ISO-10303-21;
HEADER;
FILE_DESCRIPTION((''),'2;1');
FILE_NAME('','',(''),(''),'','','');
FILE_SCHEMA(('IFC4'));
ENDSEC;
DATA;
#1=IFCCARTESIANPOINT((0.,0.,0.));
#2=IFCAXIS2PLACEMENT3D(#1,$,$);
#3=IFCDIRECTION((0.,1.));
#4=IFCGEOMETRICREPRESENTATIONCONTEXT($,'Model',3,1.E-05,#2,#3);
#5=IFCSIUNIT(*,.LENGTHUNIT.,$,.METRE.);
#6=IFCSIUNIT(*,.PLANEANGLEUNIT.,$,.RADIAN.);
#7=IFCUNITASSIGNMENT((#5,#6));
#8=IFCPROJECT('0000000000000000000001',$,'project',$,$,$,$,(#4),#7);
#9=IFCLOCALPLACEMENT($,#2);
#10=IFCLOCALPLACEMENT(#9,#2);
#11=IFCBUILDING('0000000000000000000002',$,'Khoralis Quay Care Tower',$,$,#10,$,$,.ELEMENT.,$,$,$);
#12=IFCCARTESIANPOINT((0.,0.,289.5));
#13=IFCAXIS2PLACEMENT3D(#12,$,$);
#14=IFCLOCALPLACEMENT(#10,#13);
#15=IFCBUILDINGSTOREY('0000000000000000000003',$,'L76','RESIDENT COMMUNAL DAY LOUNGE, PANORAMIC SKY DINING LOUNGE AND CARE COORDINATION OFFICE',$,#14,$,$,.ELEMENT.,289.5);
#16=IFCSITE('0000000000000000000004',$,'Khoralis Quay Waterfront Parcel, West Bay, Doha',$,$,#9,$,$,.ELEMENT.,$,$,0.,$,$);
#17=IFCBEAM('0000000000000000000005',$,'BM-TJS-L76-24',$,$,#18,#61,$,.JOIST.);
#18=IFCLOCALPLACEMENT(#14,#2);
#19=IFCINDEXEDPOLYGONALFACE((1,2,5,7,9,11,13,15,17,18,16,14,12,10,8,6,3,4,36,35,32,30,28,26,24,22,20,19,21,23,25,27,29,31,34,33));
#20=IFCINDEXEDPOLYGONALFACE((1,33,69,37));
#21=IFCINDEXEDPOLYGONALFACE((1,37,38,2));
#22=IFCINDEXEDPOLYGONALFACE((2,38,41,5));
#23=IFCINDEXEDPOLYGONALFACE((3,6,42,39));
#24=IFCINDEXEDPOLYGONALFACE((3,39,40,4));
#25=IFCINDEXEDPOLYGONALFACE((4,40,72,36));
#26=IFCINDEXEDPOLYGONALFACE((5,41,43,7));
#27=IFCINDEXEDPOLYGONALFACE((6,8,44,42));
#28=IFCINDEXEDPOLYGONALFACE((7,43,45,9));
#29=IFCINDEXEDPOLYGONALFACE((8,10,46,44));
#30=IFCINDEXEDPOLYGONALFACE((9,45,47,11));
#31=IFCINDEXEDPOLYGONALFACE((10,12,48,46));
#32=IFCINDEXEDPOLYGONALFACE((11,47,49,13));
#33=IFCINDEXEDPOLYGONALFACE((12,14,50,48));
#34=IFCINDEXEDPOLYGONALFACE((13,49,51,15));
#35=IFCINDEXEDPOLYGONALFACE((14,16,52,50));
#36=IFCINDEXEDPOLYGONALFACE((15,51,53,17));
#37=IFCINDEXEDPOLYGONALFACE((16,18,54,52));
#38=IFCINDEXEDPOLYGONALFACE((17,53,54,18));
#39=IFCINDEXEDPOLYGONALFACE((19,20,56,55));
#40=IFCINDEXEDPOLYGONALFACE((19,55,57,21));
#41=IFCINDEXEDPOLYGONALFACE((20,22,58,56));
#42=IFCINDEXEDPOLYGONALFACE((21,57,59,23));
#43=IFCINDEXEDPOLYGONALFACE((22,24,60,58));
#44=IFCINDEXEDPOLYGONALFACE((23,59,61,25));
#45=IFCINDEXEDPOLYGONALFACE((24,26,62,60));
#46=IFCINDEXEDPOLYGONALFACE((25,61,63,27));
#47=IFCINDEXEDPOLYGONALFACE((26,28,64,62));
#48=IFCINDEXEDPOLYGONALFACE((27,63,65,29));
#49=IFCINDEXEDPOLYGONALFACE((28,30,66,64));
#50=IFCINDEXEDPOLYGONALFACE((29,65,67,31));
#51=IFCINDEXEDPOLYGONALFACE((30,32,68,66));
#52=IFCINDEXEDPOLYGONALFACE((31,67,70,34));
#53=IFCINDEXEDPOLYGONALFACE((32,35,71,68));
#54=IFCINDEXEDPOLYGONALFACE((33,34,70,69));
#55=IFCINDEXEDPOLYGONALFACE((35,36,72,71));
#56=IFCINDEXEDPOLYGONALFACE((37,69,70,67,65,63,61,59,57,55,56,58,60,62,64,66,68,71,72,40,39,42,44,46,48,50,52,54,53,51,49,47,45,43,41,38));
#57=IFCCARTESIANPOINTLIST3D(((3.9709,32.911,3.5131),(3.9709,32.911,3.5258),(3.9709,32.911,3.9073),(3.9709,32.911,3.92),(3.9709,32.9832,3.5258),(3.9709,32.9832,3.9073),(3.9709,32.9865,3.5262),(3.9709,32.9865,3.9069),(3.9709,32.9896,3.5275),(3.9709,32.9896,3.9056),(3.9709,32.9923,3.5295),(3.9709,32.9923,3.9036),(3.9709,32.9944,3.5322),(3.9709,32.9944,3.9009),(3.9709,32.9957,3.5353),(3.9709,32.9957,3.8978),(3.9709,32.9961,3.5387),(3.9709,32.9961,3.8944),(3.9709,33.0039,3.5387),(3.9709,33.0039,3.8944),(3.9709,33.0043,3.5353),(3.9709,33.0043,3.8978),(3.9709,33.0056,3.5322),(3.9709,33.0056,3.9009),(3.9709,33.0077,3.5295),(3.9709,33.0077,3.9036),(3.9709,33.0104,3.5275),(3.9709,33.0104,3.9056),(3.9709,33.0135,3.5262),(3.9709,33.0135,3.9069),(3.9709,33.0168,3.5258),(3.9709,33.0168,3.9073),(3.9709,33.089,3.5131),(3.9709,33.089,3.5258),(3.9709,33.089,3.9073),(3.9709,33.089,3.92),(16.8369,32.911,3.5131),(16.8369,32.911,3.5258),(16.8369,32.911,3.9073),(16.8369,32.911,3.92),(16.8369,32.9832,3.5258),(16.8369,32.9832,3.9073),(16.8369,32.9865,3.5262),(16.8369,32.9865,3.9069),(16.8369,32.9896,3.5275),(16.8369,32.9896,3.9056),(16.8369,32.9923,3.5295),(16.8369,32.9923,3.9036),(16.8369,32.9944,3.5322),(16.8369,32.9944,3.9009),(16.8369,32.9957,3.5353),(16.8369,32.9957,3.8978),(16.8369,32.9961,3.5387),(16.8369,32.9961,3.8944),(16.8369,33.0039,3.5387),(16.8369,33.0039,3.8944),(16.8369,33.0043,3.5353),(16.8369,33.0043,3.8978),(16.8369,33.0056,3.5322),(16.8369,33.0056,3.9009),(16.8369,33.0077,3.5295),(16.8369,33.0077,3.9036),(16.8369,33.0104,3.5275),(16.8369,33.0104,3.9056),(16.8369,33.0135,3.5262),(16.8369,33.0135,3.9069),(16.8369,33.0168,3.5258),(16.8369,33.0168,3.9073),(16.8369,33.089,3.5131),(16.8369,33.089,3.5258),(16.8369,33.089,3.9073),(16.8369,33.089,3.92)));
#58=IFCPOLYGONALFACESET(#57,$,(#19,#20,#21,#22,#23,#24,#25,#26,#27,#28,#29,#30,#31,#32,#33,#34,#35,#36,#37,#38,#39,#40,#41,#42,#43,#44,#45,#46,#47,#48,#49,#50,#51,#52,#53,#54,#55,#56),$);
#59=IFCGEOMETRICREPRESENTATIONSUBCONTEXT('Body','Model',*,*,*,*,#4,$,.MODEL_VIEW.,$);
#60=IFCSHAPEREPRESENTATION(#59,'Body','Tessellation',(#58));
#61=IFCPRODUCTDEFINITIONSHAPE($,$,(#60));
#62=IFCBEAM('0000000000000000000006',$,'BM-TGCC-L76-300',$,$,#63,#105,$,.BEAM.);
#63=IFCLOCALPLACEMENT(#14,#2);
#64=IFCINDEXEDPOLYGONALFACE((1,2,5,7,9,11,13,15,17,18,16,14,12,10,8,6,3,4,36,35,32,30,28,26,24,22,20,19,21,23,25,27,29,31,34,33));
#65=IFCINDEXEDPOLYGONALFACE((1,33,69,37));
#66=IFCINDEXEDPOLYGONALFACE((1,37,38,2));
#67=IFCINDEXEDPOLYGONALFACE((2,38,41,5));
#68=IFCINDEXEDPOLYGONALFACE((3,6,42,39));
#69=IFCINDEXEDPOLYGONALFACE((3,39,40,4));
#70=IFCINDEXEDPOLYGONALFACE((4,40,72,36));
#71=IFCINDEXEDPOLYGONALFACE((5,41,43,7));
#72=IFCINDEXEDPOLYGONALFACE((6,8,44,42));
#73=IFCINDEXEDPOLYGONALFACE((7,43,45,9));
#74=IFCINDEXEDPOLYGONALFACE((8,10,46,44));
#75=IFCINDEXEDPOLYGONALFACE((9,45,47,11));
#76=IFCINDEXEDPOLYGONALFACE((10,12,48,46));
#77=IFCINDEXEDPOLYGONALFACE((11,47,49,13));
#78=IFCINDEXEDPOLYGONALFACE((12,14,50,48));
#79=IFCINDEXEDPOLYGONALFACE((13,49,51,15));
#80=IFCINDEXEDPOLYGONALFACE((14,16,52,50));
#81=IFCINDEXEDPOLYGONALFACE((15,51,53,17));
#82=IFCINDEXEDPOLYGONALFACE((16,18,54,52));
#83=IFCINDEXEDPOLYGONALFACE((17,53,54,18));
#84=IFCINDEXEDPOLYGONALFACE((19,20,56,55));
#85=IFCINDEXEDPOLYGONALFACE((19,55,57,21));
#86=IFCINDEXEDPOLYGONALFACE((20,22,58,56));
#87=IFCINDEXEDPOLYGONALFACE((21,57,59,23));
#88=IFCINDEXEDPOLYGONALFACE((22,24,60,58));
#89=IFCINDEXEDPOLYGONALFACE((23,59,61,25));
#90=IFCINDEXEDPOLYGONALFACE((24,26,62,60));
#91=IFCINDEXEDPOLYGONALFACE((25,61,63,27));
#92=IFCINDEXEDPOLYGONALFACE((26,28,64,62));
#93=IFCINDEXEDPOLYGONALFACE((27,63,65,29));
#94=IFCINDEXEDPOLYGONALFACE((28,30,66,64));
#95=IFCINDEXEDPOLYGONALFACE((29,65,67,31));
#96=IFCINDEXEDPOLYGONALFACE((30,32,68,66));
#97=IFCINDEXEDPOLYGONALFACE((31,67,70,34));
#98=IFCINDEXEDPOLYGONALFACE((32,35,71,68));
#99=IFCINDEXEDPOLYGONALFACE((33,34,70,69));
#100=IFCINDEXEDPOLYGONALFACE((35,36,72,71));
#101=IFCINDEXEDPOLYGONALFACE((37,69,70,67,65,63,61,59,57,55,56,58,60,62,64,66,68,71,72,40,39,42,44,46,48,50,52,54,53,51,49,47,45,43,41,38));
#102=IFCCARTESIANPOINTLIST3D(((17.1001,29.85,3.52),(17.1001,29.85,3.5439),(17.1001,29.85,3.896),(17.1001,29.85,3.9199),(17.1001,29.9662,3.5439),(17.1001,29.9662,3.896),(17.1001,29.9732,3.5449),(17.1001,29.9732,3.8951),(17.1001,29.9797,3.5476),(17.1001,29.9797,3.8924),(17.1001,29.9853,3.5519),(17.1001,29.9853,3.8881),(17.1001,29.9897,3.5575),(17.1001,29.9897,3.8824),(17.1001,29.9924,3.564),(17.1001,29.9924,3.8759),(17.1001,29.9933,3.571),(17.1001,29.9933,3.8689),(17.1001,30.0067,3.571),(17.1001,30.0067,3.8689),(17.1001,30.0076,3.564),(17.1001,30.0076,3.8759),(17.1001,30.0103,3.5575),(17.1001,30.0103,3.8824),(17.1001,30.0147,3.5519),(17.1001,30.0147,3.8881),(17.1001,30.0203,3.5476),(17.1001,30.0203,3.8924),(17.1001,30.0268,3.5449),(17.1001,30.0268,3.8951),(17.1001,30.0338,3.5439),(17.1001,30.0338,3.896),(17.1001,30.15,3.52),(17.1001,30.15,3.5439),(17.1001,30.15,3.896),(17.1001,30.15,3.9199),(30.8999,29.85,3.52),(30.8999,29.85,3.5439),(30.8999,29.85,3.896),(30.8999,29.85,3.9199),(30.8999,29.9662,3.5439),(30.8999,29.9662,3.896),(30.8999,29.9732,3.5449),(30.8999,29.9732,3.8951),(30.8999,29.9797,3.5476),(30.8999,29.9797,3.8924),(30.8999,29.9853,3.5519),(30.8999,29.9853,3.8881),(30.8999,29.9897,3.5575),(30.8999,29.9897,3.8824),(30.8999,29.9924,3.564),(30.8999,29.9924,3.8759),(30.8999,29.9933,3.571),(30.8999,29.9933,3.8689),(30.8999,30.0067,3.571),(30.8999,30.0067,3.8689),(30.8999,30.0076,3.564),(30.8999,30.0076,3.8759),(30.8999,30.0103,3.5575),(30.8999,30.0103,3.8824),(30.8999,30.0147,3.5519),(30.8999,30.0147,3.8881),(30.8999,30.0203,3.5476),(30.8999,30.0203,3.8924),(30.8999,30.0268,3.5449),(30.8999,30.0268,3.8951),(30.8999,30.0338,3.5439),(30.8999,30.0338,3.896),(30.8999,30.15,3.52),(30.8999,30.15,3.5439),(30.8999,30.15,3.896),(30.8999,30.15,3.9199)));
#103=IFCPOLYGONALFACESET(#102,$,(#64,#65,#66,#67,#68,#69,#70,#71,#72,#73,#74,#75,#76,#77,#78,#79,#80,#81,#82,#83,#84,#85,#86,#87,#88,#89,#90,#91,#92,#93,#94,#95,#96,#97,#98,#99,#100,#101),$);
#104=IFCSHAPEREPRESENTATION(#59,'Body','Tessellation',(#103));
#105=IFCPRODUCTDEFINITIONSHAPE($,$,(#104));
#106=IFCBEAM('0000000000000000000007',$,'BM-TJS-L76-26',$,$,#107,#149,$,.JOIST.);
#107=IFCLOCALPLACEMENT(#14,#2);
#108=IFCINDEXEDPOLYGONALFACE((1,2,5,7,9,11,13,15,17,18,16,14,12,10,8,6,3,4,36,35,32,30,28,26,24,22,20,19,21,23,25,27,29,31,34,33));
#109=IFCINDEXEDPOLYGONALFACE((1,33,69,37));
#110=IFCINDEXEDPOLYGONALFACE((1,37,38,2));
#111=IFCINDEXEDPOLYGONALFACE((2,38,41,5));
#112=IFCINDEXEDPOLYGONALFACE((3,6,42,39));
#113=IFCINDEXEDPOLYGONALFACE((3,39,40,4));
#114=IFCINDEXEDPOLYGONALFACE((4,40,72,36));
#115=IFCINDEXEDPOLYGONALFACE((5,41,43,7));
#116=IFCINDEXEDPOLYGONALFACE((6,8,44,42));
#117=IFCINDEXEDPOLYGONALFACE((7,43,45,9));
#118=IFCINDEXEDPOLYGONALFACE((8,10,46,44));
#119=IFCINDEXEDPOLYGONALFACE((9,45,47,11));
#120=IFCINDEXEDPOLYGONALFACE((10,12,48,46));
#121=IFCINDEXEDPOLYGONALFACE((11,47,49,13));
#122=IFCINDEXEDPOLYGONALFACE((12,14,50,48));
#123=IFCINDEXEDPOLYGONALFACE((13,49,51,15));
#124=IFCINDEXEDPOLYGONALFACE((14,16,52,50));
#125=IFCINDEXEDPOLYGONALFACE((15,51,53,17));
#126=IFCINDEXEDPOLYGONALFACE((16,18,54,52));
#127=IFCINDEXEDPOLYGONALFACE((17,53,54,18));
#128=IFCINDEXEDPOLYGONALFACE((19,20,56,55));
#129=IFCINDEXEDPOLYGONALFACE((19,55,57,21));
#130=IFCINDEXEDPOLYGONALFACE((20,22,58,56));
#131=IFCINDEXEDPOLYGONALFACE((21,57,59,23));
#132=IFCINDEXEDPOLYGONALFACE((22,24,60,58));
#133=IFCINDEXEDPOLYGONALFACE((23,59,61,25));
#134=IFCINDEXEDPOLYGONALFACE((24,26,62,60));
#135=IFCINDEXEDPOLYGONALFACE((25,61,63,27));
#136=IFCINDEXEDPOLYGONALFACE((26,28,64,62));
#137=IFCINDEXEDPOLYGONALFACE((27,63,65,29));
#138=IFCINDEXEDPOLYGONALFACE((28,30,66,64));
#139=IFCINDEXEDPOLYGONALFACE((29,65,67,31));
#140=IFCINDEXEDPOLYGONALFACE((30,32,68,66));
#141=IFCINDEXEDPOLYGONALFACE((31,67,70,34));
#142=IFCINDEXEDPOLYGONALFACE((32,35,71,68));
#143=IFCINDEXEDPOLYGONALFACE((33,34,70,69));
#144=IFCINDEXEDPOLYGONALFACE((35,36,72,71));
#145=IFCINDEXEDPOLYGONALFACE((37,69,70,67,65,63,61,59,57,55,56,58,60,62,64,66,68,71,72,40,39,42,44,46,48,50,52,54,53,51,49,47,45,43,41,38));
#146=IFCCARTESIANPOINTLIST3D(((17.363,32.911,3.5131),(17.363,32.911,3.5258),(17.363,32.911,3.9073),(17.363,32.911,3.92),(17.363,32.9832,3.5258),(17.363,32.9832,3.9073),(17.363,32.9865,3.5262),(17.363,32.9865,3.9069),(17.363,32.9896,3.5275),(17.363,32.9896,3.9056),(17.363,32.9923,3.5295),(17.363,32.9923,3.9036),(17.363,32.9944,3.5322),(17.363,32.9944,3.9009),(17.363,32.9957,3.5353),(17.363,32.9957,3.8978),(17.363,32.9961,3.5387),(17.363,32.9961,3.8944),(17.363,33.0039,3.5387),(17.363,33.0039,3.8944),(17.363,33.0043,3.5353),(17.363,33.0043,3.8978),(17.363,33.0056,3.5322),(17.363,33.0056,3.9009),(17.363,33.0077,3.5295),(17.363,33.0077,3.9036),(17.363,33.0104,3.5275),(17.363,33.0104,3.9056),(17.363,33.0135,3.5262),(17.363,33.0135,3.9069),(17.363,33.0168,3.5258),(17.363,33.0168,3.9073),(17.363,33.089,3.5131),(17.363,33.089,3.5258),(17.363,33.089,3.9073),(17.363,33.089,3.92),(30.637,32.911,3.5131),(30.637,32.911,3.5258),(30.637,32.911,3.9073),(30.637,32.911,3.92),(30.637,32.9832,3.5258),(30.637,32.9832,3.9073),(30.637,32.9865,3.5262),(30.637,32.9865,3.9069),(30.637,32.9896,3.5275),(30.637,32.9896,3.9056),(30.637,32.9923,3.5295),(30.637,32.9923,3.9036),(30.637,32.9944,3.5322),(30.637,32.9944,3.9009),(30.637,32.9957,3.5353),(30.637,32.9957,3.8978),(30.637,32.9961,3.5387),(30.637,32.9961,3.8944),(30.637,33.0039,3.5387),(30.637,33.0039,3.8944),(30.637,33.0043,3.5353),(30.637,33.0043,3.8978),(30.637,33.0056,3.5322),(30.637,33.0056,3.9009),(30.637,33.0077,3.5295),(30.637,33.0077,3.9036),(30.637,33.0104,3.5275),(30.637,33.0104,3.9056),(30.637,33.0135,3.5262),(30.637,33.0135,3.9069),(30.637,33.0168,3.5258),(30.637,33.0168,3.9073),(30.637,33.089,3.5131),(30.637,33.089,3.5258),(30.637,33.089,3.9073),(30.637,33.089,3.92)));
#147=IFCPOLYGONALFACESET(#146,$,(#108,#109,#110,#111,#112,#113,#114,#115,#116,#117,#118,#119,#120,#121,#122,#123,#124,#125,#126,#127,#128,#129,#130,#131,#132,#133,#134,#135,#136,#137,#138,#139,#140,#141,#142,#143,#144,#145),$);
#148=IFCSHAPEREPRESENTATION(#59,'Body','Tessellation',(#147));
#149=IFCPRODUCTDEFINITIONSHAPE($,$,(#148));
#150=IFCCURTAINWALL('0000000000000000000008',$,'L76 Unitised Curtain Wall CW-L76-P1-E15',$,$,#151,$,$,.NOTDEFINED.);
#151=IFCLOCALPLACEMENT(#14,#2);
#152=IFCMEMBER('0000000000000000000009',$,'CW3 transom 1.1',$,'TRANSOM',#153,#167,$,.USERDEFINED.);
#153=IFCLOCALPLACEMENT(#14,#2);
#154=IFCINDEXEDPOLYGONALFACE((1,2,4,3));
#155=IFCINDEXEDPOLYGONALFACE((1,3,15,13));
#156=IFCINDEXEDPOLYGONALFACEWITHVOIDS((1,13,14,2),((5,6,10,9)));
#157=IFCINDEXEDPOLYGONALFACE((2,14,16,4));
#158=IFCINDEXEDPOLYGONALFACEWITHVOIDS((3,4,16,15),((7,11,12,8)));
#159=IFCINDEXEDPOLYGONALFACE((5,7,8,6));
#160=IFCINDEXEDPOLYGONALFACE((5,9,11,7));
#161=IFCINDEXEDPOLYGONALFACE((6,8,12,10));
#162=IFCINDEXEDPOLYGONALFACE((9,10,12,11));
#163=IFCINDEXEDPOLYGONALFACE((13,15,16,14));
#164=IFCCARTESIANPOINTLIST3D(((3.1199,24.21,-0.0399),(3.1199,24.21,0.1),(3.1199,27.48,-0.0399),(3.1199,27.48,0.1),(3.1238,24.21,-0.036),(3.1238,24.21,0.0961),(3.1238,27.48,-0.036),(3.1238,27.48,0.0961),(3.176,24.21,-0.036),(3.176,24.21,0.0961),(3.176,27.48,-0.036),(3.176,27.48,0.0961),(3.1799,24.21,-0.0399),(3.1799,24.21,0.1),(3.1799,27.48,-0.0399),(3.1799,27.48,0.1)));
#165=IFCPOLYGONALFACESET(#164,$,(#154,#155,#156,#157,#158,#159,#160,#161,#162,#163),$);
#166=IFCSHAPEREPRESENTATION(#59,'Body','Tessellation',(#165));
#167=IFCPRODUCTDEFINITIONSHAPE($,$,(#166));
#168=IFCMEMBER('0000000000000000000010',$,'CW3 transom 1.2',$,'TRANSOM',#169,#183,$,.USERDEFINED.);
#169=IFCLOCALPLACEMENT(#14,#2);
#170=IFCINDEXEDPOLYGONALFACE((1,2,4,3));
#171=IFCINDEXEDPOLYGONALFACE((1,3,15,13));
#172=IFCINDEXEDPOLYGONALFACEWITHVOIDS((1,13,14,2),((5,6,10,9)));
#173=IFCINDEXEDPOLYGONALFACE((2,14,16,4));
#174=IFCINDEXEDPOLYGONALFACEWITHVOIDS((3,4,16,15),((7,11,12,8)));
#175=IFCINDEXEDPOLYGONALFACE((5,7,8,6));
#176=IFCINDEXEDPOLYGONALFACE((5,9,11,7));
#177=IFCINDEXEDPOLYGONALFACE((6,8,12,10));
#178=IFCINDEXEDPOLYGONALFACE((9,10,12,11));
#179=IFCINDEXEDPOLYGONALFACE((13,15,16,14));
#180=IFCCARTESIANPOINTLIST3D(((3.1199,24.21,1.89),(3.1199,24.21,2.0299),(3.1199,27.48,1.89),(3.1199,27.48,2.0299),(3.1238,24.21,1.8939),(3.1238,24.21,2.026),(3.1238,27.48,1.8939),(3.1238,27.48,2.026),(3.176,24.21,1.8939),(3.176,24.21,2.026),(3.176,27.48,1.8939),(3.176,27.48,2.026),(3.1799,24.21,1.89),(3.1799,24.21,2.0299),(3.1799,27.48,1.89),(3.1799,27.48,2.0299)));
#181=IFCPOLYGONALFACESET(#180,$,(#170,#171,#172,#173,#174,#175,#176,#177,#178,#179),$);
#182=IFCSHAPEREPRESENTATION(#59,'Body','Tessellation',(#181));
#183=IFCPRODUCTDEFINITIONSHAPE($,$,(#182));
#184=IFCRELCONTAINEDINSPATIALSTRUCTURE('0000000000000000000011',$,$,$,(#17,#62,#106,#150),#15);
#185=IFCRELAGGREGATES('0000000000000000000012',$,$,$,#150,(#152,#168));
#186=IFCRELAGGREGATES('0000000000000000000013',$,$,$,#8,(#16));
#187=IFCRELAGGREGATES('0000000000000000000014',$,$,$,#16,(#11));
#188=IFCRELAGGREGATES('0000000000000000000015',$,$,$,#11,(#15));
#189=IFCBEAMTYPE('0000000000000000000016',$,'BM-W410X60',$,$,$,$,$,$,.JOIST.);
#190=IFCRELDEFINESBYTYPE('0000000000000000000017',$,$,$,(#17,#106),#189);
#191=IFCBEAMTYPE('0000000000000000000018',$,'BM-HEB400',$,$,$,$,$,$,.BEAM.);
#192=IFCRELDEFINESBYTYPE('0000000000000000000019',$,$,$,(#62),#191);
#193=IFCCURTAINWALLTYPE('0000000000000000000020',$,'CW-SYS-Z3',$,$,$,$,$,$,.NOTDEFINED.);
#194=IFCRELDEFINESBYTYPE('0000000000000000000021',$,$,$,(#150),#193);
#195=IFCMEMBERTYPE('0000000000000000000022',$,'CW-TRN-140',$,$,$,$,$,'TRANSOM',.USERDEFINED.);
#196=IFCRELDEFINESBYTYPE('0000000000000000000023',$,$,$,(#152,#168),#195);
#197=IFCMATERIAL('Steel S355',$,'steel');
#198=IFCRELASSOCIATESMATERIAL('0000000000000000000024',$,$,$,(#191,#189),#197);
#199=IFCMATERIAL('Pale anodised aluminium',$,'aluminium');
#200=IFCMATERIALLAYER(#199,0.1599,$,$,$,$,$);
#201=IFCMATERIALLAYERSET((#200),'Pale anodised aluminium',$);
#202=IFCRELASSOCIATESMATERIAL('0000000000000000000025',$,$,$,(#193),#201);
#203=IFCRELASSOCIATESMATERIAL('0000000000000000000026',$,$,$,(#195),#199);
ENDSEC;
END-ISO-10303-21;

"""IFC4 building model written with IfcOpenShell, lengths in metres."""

from ifc_helpers import new_model, si_unit, direction, frame, origin, origin_2d, place, context, subcontext, project, spatial, hollow_rectangle, i_section, extrude, source, transform, mapped, material, layer, layer_set, material_profile, profile_set, type_object, element, aggregate, save


model = new_model("IFC4")

# Units and contexts
model_context = context("Model", 3, precision=1e-05, world=origin(), true_north=direction((0.0, 1.0)))
body_context = subcontext(model_context, "Body", "Model", "MODEL_VIEW")
ifc_project = project(units=[si_unit("LENGTHUNIT", "METRE"), si_unit("PLANEANGLEUNIT", "RADIAN")], contexts=[model_context])

# Site, building, storey
site_placement = place(None, origin())
site = spatial("IfcSite", under=ifc_project, at=site_placement, Name="Khoralis Quay Waterfront Parcel, West Bay, Doha", CompositionType="ELEMENT", RefElevation=0.0)
building_placement = place(site_placement, origin())
building = spatial("IfcBuilding", under=site, at=building_placement, Name="Khoralis Quay Care Tower", CompositionType="ELEMENT")
storey_placement = place(building_placement, frame((0.0, 0.0, 289.5)))
storey = spatial("IfcBuildingStorey", under=building, at=storey_placement, Name="L76", Description="RESIDENT COMMUNAL DAY LOUNGE, PANORAMIC SKY DINING LOUNGE AND CARE COORDINATION OFFICE", CompositionType="ELEMENT", Elevation=289.5)

# Beams
ifc_material_1 = material(Name="Steel S355", Category="steel")
ifc_material_profile_1 = material_profile(ifc_material_1, i_section(OverallWidth=0.3, OverallDepth=0.3999, WebThickness=0.0134, FlangeThickness=0.0239, FilletRadius=0.0271, at=origin_2d()), Name="Steel S355")
ifc_profile_set_1 = profile_set([ifc_material_profile_1], Name="Steel S355")
beam_type_1 = type_object("IfcBeamType", Name="BM-HEB400", PredefinedType="BEAM", material=ifc_profile_set_1)
ifc_material_profile_2 = material_profile(ifc_material_1, i_section(OverallWidth=0.178, OverallDepth=0.407, WebThickness=0.0078, FlangeThickness=0.0127, FilletRadius=0.0129, at=origin_2d()), Name="Steel S355")
ifc_profile_set_2 = profile_set([ifc_material_profile_2], Name="Steel S355")
beam_type_2 = type_object("IfcBeamType", Name="BM-W410X60", PredefinedType="JOIST", material=ifc_profile_set_2)
shared_shape_1 = source(origin(), body_context, "Body", "SweptSolid", [
    extrude(i_section(OverallWidth=0.178, OverallDepth=0.407, WebThickness=0.0078, FlangeThickness=0.0127, FilletRadius=0.0129, at=origin_2d()), origin(), (0.0, 0.0, 1.0), 12.866),
])
beam_1_placement = place(storey_placement, frame((3.9709, 33.0, 3.7166), z_axis=(1.0, 0.0, 0.0), x_axis=(0.0, 1.0, 0.0)))
element("IfcBeam", 1, at=beam_1_placement, inside=storey, type_object=beam_type_2, Name="BM-TJS-L76-24", PredefinedType="JOIST", context=body_context, shape_type="MappedRepresentation", body=[
    mapped(shared_shape_1, transform((0.0, 0.0, 0.0), scale=1.0)),
])
shared_shape_2 = source(origin(), body_context, "Body", "SweptSolid", [
    extrude(i_section(OverallWidth=0.3, OverallDepth=0.3999, WebThickness=0.0134, FlangeThickness=0.0239, FilletRadius=0.0271, at=origin_2d()), origin(), (0.0, 0.0, 1.0), 13.7998),
])
beam_2_placement = place(storey_placement, frame((17.1001, 30.0, 3.72), z_axis=(1.0, 0.0, 0.0), x_axis=(0.0, 1.0, 0.0)))
element("IfcBeam", 2, at=beam_2_placement, inside=storey, type_object=beam_type_1, Name="BM-TGCC-L76-300", PredefinedType="BEAM", context=body_context, shape_type="MappedRepresentation", body=[
    mapped(shared_shape_2, transform((0.0, 0.0, 0.0), scale=1.0)),
])
shared_shape_3 = source(origin(), body_context, "Body", "SweptSolid", [
    extrude(i_section(OverallWidth=0.178, OverallDepth=0.407, WebThickness=0.0078, FlangeThickness=0.0127, FilletRadius=0.0129, at=origin_2d()), origin(), (0.0, 0.0, 1.0), 13.2739),
])
beam_3_placement = place(storey_placement, frame((17.363, 33.0, 3.7166), z_axis=(1.0, 0.0, 0.0), x_axis=(0.0, 1.0, 0.0)))
element("IfcBeam", 3, at=beam_3_placement, inside=storey, type_object=beam_type_2, Name="BM-TJS-L76-26", PredefinedType="JOIST", context=body_context, shape_type="MappedRepresentation", body=[
    mapped(shared_shape_3, transform((0.0, 0.0, 0.0), scale=1.0)),
])

# Curtain wall, members
ifc_material_2 = material(Name="Pale anodised aluminium", Category="aluminium")
ifc_layer_1 = layer(ifc_material_2, 0.1599)
ifc_layer_set_1 = layer_set([ifc_layer_1], Name="Pale anodised aluminium")
curtain_wall_type = type_object("IfcCurtainWallType", Name="CW-SYS-Z3", PredefinedType="NOTDEFINED", material=ifc_layer_set_1)
curtain_wall_placement = place(storey_placement, origin())
curtain_wall = element("IfcCurtainWall", 4, at=curtain_wall_placement, inside=storey, type_object=curtain_wall_type, Name="L76 Unitised Curtain Wall CW-L76-P1-E15", PredefinedType="NOTDEFINED")
ifc_material_profile_3 = material_profile(ifc_material_2, hollow_rectangle(XDim=0.0601, YDim=0.1399, WallThickness=0.0039, at=origin_2d()), Name="Pale anodised aluminium")
ifc_profile_set_3 = profile_set([ifc_material_profile_3], Name="Pale anodised aluminium")
member_type_1 = type_object("IfcMemberType", Name="CW-TRN-140", ElementType="TRANSOM", PredefinedType="USERDEFINED", material=ifc_profile_set_3)
shared_shape_4 = source(origin(), body_context, "Body", "SweptSolid", [
    extrude(hollow_rectangle(XDim=0.0601, YDim=0.1399, WallThickness=0.0039, at=origin_2d()), origin(), (0.0, 0.0, 1.0), 3.27),
])
member_1_placement = place(storey_placement, frame((3.1499, 27.48, 0.03), z_axis=(0.0, -1.0, 0.0), x_axis=(1.0, 0.0, 0.0)))
member_1 = element("IfcMember", 5, at=member_1_placement, type_object=member_type_1, Name="CW3 transom 1.1", ObjectType="TRANSOM", PredefinedType="USERDEFINED", context=body_context, shape_type="MappedRepresentation", body=[
    mapped(shared_shape_4, transform((0.0, 0.0, 0.0), scale=1.0)),
])
member_2_placement = place(storey_placement, frame((3.1499, 27.48, 1.96), z_axis=(0.0, -1.0, 0.0), x_axis=(1.0, 0.0, 0.0)))
member_2 = element("IfcMember", 6, at=member_2_placement, type_object=member_type_1, Name="CW3 transom 1.2", ObjectType="TRANSOM", PredefinedType="USERDEFINED", context=body_context, shape_type="MappedRepresentation", body=[
    mapped(shared_shape_4, transform((0.0, 0.0, 0.0), scale=1.0)),
])
aggregate(curtain_wall, [member_1, member_2])

save(model, "model.ifc")
